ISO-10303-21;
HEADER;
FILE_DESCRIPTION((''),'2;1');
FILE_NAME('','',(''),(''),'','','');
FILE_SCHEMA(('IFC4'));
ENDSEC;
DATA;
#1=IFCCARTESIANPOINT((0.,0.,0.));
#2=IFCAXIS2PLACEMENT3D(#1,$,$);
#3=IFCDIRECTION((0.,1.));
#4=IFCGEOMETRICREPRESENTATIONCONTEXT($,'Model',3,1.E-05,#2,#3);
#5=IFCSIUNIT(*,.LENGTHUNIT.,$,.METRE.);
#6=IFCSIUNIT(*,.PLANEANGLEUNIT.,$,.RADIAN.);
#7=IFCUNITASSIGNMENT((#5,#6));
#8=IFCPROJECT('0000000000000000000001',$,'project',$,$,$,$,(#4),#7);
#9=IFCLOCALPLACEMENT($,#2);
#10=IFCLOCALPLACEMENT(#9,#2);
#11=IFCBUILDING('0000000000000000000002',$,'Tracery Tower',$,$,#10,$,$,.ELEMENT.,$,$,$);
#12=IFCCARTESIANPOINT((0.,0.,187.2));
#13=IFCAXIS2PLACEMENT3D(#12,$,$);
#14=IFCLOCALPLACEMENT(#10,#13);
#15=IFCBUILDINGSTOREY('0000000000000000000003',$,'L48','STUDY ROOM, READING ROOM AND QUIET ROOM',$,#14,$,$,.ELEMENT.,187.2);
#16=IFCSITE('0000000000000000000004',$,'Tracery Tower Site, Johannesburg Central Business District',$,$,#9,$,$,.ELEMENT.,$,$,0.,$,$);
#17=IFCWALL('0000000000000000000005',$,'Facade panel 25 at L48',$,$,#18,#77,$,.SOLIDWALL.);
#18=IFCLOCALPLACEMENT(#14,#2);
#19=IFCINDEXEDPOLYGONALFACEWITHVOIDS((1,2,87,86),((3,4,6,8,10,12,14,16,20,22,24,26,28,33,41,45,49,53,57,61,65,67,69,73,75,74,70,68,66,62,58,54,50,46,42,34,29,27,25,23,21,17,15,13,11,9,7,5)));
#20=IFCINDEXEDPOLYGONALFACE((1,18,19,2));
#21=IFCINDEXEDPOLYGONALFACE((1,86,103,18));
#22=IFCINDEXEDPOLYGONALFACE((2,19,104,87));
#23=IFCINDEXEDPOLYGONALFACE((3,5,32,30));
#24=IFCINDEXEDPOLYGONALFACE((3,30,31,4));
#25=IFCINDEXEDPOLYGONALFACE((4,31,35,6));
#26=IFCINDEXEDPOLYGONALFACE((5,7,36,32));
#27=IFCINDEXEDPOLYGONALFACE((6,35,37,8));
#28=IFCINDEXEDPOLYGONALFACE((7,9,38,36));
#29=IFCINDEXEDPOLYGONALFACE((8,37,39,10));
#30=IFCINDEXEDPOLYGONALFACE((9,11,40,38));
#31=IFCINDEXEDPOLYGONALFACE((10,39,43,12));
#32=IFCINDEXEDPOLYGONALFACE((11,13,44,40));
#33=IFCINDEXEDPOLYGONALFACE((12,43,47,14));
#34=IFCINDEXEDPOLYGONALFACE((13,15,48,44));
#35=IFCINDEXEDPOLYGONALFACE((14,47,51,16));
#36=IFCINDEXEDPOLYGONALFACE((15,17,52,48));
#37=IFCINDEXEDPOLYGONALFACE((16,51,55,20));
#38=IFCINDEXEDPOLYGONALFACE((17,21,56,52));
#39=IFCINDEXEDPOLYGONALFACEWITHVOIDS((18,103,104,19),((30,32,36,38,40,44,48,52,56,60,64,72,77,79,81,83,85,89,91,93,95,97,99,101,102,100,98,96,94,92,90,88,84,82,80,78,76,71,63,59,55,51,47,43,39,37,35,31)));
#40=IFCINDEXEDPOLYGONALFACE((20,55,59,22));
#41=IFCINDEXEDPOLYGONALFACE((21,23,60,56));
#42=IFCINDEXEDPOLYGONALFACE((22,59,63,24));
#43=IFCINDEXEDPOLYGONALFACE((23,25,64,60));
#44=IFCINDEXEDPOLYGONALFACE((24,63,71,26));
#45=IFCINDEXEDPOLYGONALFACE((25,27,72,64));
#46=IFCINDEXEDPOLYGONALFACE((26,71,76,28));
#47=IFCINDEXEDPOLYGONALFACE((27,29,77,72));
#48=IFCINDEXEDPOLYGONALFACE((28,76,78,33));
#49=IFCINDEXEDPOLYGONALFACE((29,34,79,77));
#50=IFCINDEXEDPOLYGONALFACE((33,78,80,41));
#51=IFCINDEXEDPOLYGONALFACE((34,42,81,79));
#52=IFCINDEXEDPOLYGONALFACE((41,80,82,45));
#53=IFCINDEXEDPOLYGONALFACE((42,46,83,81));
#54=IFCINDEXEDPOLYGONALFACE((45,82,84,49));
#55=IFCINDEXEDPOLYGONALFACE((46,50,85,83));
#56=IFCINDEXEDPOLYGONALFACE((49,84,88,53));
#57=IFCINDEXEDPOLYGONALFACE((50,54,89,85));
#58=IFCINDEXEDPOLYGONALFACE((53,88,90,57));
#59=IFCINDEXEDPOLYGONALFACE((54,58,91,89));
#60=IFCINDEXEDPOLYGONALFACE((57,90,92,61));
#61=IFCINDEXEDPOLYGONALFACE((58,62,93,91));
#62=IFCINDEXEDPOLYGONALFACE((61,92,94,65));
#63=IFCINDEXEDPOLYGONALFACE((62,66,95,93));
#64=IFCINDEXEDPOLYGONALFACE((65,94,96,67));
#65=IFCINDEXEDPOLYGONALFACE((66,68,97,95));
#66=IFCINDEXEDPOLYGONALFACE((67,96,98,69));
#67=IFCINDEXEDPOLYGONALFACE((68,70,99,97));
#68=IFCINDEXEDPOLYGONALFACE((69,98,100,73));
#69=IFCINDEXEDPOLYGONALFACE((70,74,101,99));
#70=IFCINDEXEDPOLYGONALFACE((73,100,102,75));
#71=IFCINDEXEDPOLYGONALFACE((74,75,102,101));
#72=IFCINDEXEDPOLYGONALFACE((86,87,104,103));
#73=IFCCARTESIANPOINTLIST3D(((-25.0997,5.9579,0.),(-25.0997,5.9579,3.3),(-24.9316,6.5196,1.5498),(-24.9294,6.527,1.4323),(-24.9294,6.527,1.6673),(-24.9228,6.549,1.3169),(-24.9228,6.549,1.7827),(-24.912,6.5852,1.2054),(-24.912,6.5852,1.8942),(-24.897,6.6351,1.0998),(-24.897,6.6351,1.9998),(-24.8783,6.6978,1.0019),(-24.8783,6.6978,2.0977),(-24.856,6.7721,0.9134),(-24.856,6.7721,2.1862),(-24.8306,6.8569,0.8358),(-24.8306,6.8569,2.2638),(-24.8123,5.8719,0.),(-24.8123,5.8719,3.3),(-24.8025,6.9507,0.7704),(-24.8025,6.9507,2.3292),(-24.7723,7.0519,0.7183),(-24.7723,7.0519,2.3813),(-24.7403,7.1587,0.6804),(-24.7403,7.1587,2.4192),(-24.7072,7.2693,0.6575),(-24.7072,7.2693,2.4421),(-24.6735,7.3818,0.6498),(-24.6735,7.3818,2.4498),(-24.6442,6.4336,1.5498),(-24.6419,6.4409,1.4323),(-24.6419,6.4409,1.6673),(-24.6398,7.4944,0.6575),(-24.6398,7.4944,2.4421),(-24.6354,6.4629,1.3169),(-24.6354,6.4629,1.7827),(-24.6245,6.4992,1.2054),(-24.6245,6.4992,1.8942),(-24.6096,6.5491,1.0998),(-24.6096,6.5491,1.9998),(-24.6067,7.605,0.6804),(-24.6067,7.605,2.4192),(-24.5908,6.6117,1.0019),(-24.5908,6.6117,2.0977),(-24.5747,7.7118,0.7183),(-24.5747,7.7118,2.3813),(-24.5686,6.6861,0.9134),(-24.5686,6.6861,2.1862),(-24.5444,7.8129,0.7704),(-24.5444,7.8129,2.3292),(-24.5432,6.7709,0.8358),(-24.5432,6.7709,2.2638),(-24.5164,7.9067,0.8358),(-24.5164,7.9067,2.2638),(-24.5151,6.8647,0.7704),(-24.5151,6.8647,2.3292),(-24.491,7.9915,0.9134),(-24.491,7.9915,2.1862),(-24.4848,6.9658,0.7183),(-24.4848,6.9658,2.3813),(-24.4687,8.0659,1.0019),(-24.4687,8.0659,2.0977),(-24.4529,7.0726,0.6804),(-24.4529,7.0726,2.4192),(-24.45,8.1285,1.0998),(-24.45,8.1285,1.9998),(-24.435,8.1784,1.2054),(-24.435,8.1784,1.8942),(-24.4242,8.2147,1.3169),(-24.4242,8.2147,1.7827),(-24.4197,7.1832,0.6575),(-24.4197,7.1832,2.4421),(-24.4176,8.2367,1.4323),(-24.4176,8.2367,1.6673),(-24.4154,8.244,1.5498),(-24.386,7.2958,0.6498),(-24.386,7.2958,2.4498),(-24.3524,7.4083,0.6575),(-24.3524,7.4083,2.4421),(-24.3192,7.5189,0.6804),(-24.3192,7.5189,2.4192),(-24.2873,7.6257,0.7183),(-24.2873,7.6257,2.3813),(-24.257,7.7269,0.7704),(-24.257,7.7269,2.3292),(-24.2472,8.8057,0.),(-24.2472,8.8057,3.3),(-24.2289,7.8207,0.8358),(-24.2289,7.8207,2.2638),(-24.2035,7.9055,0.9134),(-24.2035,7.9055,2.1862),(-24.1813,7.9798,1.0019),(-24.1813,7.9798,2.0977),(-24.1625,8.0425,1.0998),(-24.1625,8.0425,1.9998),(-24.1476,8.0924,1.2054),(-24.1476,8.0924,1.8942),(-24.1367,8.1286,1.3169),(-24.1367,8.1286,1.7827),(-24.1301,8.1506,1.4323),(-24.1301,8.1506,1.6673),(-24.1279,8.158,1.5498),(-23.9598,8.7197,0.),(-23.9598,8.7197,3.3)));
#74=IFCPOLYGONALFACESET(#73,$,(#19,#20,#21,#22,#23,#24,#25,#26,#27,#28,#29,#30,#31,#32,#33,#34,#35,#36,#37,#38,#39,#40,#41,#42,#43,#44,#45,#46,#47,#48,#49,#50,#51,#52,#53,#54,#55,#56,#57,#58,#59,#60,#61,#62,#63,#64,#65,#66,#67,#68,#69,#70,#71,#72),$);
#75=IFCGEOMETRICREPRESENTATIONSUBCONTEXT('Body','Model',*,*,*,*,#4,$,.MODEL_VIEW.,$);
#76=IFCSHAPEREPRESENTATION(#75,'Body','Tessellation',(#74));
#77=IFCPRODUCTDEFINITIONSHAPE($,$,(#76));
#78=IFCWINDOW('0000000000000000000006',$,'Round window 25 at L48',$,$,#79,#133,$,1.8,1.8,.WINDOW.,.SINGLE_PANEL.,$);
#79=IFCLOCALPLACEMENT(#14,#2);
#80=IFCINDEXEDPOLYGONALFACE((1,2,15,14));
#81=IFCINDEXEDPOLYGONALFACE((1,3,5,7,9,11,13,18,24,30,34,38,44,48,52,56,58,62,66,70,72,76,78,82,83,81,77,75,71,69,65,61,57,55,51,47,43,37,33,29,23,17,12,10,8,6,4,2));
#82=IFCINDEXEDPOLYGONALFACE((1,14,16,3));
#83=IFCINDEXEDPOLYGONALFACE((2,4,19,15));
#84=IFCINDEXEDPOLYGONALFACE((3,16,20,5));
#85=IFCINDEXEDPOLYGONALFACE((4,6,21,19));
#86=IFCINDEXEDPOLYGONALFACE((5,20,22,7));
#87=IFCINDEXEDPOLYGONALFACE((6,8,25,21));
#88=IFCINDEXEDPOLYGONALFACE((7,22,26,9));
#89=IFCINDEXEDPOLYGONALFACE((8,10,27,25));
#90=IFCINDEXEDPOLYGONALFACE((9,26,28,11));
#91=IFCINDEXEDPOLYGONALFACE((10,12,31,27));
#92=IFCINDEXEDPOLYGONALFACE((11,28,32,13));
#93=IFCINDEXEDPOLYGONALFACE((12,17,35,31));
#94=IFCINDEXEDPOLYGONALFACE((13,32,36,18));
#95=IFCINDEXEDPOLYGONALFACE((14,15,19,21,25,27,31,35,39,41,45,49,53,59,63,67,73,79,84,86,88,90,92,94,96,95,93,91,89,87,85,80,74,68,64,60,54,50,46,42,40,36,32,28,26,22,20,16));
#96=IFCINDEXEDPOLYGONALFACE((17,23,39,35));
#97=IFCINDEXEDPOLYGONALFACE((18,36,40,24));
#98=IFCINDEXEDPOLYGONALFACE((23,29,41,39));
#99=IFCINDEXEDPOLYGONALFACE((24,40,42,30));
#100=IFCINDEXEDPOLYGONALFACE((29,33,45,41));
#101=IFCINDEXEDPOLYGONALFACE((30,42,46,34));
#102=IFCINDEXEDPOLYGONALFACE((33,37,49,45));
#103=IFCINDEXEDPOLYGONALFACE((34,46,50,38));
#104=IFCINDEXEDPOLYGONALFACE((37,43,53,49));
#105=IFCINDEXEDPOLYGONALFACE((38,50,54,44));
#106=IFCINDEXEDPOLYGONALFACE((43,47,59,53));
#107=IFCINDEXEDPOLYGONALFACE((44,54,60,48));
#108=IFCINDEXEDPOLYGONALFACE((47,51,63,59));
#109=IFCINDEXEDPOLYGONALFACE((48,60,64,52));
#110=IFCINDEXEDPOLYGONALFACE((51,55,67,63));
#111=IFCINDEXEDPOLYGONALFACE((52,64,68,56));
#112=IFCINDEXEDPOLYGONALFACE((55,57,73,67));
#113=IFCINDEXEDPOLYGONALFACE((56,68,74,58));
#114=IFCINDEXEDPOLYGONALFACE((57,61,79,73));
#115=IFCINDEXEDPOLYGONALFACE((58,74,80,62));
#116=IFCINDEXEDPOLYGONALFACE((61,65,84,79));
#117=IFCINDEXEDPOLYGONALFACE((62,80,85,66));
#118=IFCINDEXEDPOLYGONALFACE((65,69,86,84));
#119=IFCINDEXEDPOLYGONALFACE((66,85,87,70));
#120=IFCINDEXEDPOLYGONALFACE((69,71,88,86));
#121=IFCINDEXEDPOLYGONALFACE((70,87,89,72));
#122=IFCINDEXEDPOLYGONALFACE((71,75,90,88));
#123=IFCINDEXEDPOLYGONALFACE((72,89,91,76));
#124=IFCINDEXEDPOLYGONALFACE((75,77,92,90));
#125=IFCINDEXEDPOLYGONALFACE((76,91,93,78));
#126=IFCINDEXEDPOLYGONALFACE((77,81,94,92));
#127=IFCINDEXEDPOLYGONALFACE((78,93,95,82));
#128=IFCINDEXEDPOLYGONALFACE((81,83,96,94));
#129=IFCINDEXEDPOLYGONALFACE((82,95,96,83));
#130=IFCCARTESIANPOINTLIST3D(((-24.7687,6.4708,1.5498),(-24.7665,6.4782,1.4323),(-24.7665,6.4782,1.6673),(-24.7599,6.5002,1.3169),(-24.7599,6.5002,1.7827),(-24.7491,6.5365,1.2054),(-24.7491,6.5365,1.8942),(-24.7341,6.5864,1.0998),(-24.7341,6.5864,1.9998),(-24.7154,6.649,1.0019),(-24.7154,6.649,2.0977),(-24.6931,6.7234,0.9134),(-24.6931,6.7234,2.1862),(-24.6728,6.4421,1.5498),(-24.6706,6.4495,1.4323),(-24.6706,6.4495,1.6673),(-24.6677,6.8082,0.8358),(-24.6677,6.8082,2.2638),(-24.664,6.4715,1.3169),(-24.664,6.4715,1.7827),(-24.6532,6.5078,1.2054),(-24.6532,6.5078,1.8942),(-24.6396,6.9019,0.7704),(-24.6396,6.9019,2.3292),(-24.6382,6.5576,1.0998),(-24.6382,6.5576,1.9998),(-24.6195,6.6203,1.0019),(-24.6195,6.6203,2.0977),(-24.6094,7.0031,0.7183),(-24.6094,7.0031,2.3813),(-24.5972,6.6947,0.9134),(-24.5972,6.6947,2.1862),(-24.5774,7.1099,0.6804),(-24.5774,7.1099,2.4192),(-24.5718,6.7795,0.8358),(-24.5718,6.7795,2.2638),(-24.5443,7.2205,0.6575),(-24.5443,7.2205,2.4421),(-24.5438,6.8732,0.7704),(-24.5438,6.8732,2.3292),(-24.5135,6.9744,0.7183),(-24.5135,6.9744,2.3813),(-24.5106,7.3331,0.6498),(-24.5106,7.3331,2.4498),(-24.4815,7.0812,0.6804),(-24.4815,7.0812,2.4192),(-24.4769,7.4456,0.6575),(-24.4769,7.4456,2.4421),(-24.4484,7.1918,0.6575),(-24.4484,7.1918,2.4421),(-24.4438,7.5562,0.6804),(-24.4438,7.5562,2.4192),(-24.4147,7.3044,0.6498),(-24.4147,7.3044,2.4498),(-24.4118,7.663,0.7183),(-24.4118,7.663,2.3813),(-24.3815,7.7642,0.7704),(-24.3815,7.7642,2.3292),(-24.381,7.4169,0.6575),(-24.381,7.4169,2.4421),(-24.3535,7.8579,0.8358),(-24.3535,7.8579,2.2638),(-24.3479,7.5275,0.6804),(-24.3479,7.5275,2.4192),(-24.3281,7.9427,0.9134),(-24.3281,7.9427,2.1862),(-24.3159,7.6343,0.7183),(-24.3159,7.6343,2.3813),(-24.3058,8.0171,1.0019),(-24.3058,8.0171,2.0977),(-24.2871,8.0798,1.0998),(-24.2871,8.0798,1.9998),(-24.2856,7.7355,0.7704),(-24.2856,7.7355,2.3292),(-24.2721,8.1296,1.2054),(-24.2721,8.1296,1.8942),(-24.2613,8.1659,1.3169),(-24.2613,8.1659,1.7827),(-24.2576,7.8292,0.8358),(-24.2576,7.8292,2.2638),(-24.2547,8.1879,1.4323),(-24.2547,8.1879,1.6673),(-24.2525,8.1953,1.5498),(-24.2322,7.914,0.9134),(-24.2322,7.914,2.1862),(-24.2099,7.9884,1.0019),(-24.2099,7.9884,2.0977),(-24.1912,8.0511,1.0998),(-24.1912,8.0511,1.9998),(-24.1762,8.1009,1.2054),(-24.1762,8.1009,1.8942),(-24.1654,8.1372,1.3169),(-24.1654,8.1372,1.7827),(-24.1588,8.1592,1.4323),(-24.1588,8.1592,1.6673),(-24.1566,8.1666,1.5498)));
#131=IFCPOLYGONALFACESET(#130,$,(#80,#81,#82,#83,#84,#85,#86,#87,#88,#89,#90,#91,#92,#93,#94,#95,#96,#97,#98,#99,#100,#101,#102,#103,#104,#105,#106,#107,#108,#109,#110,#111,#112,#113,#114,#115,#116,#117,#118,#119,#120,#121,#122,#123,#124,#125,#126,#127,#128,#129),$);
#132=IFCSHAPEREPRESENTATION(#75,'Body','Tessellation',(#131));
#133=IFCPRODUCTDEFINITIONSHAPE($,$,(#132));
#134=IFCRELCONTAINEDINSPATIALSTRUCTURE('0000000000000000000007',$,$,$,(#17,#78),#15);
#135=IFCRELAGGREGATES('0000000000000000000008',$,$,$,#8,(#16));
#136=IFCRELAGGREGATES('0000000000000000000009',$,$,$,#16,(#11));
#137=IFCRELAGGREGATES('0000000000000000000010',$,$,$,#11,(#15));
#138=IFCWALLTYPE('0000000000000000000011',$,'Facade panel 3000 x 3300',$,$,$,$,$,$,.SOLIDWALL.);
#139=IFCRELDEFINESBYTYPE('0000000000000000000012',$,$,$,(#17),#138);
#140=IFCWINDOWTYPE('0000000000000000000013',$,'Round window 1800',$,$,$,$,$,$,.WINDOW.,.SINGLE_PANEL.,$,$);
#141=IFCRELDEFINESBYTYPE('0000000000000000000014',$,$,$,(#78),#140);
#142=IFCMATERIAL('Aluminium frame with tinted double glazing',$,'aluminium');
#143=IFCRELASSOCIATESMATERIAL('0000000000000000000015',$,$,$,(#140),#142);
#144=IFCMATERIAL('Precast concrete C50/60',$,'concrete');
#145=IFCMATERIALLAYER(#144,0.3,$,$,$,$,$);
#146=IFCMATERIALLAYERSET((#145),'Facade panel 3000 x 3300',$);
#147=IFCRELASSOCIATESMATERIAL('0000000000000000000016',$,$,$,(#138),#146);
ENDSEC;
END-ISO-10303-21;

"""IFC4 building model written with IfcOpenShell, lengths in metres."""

from ifc_helpers import new_model, si_unit, direction, frame, frame_2d, origin, origin_2d, place, context, subcontext, project, spatial, rectangle, circle, extrude, material, layer, layer_set, type_object, element, fill, save


model = new_model("IFC4")

# Units and contexts
model_context = context("Model", 3, precision=1e-05, world=origin(), true_north=direction((0.0, 1.0)))
body_context = subcontext(model_context, "Body", "Model", "MODEL_VIEW")
ifc_project = project(units=[si_unit("LENGTHUNIT", "METRE"), si_unit("PLANEANGLEUNIT", "RADIAN")], contexts=[model_context])

# Site, building, storey
site_placement = place(None, origin())
site = spatial("IfcSite", under=ifc_project, at=site_placement, Name="Tracery Tower Site, Johannesburg Central Business District", CompositionType="ELEMENT", RefElevation=0.0)
building_placement = place(site_placement, origin())
building = spatial("IfcBuilding", under=site, at=building_placement, Name="Tracery Tower", CompositionType="ELEMENT")
storey_placement = place(building_placement, frame((0.0, 0.0, 187.2)))
storey = spatial("IfcBuildingStorey", under=building, at=storey_placement, Name="L48", Description="STUDY ROOM, READING ROOM AND QUIET ROOM", CompositionType="ELEMENT", Elevation=187.2)

# Wall, opening, window
ifc_material_1 = material(Name="Aluminium frame with tinted double glazing", Category="aluminium")
window_type = type_object("IfcWindowType", Name="Round window 1800", PartitioningType="SINGLE_PANEL", PredefinedType="WINDOW", material=ifc_material_1)
ifc_material_2 = material(Name="Precast concrete C50/60", Category="concrete")
ifc_layer_1 = layer(ifc_material_2, 0.3)
ifc_layer_set_1 = layer_set([ifc_layer_1], Name="Facade panel 3000 x 3300")
wall_type_1 = type_object("IfcWallType", Name="Facade panel 3000 x 3300", PredefinedType="SOLIDWALL", material=ifc_layer_set_1)
wall_1_placement = place(storey_placement, frame((-24.1035, 8.7627, 0.0), z_axis=(0.0, 0.0, 1.0), x_axis=(-0.286783, -0.957996, 0.0)))
wall_1 = element("IfcWall", 1, at=wall_1_placement, inside=storey, type_object=wall_type_1, Name="Facade panel 25 at L48", PredefinedType="SOLIDWALL", context=body_context, shape_type="SweptSolid", body=[
    extrude(rectangle(XDim=2.9727, YDim=0.3, at=frame_2d((1.4863, 0.0))), origin(), (0.0, 0.0, 1.0), 3.3),
])
opening_1_placement = place(wall_1_placement, frame((1.4863, 0.0, 1.5498)))
opening_1 = element("IfcOpeningElement", 2, at=opening_1_placement, cuts=wall_1, PredefinedType="OPENING", context=body_context, shape_type="SweptSolid", body=[
    extrude(circle(Radius=0.9, at=origin_2d()), frame((0.0, 0.1599, 0.0), z_axis=(0.0, -1.0, 0.0), x_axis=(1.0, 0.0, 0.0)), (0.0, 0.0, 1.0), 0.3201),
])
window_1_placement = place(opening_1_placement, origin())
window_1 = element("IfcWindow", 3, at=window_1_placement, inside=storey, type_object=window_type, Name="Round window 25 at L48", OverallHeight=1.8, OverallWidth=1.8, PartitioningType="SINGLE_PANEL", PredefinedType="WINDOW", context=body_context, shape_type="SweptSolid", body=[
    extrude(circle(Radius=0.9, at=origin_2d()), frame((0.0, 0.1201, 0.0), z_axis=(0.0, -1.0, 0.0), x_axis=(1.0, 0.0, 0.0)), (0.0, 0.0, 1.0), 0.1001),
])
fill(opening_1, window_1)

save(model, "model.ifc")
